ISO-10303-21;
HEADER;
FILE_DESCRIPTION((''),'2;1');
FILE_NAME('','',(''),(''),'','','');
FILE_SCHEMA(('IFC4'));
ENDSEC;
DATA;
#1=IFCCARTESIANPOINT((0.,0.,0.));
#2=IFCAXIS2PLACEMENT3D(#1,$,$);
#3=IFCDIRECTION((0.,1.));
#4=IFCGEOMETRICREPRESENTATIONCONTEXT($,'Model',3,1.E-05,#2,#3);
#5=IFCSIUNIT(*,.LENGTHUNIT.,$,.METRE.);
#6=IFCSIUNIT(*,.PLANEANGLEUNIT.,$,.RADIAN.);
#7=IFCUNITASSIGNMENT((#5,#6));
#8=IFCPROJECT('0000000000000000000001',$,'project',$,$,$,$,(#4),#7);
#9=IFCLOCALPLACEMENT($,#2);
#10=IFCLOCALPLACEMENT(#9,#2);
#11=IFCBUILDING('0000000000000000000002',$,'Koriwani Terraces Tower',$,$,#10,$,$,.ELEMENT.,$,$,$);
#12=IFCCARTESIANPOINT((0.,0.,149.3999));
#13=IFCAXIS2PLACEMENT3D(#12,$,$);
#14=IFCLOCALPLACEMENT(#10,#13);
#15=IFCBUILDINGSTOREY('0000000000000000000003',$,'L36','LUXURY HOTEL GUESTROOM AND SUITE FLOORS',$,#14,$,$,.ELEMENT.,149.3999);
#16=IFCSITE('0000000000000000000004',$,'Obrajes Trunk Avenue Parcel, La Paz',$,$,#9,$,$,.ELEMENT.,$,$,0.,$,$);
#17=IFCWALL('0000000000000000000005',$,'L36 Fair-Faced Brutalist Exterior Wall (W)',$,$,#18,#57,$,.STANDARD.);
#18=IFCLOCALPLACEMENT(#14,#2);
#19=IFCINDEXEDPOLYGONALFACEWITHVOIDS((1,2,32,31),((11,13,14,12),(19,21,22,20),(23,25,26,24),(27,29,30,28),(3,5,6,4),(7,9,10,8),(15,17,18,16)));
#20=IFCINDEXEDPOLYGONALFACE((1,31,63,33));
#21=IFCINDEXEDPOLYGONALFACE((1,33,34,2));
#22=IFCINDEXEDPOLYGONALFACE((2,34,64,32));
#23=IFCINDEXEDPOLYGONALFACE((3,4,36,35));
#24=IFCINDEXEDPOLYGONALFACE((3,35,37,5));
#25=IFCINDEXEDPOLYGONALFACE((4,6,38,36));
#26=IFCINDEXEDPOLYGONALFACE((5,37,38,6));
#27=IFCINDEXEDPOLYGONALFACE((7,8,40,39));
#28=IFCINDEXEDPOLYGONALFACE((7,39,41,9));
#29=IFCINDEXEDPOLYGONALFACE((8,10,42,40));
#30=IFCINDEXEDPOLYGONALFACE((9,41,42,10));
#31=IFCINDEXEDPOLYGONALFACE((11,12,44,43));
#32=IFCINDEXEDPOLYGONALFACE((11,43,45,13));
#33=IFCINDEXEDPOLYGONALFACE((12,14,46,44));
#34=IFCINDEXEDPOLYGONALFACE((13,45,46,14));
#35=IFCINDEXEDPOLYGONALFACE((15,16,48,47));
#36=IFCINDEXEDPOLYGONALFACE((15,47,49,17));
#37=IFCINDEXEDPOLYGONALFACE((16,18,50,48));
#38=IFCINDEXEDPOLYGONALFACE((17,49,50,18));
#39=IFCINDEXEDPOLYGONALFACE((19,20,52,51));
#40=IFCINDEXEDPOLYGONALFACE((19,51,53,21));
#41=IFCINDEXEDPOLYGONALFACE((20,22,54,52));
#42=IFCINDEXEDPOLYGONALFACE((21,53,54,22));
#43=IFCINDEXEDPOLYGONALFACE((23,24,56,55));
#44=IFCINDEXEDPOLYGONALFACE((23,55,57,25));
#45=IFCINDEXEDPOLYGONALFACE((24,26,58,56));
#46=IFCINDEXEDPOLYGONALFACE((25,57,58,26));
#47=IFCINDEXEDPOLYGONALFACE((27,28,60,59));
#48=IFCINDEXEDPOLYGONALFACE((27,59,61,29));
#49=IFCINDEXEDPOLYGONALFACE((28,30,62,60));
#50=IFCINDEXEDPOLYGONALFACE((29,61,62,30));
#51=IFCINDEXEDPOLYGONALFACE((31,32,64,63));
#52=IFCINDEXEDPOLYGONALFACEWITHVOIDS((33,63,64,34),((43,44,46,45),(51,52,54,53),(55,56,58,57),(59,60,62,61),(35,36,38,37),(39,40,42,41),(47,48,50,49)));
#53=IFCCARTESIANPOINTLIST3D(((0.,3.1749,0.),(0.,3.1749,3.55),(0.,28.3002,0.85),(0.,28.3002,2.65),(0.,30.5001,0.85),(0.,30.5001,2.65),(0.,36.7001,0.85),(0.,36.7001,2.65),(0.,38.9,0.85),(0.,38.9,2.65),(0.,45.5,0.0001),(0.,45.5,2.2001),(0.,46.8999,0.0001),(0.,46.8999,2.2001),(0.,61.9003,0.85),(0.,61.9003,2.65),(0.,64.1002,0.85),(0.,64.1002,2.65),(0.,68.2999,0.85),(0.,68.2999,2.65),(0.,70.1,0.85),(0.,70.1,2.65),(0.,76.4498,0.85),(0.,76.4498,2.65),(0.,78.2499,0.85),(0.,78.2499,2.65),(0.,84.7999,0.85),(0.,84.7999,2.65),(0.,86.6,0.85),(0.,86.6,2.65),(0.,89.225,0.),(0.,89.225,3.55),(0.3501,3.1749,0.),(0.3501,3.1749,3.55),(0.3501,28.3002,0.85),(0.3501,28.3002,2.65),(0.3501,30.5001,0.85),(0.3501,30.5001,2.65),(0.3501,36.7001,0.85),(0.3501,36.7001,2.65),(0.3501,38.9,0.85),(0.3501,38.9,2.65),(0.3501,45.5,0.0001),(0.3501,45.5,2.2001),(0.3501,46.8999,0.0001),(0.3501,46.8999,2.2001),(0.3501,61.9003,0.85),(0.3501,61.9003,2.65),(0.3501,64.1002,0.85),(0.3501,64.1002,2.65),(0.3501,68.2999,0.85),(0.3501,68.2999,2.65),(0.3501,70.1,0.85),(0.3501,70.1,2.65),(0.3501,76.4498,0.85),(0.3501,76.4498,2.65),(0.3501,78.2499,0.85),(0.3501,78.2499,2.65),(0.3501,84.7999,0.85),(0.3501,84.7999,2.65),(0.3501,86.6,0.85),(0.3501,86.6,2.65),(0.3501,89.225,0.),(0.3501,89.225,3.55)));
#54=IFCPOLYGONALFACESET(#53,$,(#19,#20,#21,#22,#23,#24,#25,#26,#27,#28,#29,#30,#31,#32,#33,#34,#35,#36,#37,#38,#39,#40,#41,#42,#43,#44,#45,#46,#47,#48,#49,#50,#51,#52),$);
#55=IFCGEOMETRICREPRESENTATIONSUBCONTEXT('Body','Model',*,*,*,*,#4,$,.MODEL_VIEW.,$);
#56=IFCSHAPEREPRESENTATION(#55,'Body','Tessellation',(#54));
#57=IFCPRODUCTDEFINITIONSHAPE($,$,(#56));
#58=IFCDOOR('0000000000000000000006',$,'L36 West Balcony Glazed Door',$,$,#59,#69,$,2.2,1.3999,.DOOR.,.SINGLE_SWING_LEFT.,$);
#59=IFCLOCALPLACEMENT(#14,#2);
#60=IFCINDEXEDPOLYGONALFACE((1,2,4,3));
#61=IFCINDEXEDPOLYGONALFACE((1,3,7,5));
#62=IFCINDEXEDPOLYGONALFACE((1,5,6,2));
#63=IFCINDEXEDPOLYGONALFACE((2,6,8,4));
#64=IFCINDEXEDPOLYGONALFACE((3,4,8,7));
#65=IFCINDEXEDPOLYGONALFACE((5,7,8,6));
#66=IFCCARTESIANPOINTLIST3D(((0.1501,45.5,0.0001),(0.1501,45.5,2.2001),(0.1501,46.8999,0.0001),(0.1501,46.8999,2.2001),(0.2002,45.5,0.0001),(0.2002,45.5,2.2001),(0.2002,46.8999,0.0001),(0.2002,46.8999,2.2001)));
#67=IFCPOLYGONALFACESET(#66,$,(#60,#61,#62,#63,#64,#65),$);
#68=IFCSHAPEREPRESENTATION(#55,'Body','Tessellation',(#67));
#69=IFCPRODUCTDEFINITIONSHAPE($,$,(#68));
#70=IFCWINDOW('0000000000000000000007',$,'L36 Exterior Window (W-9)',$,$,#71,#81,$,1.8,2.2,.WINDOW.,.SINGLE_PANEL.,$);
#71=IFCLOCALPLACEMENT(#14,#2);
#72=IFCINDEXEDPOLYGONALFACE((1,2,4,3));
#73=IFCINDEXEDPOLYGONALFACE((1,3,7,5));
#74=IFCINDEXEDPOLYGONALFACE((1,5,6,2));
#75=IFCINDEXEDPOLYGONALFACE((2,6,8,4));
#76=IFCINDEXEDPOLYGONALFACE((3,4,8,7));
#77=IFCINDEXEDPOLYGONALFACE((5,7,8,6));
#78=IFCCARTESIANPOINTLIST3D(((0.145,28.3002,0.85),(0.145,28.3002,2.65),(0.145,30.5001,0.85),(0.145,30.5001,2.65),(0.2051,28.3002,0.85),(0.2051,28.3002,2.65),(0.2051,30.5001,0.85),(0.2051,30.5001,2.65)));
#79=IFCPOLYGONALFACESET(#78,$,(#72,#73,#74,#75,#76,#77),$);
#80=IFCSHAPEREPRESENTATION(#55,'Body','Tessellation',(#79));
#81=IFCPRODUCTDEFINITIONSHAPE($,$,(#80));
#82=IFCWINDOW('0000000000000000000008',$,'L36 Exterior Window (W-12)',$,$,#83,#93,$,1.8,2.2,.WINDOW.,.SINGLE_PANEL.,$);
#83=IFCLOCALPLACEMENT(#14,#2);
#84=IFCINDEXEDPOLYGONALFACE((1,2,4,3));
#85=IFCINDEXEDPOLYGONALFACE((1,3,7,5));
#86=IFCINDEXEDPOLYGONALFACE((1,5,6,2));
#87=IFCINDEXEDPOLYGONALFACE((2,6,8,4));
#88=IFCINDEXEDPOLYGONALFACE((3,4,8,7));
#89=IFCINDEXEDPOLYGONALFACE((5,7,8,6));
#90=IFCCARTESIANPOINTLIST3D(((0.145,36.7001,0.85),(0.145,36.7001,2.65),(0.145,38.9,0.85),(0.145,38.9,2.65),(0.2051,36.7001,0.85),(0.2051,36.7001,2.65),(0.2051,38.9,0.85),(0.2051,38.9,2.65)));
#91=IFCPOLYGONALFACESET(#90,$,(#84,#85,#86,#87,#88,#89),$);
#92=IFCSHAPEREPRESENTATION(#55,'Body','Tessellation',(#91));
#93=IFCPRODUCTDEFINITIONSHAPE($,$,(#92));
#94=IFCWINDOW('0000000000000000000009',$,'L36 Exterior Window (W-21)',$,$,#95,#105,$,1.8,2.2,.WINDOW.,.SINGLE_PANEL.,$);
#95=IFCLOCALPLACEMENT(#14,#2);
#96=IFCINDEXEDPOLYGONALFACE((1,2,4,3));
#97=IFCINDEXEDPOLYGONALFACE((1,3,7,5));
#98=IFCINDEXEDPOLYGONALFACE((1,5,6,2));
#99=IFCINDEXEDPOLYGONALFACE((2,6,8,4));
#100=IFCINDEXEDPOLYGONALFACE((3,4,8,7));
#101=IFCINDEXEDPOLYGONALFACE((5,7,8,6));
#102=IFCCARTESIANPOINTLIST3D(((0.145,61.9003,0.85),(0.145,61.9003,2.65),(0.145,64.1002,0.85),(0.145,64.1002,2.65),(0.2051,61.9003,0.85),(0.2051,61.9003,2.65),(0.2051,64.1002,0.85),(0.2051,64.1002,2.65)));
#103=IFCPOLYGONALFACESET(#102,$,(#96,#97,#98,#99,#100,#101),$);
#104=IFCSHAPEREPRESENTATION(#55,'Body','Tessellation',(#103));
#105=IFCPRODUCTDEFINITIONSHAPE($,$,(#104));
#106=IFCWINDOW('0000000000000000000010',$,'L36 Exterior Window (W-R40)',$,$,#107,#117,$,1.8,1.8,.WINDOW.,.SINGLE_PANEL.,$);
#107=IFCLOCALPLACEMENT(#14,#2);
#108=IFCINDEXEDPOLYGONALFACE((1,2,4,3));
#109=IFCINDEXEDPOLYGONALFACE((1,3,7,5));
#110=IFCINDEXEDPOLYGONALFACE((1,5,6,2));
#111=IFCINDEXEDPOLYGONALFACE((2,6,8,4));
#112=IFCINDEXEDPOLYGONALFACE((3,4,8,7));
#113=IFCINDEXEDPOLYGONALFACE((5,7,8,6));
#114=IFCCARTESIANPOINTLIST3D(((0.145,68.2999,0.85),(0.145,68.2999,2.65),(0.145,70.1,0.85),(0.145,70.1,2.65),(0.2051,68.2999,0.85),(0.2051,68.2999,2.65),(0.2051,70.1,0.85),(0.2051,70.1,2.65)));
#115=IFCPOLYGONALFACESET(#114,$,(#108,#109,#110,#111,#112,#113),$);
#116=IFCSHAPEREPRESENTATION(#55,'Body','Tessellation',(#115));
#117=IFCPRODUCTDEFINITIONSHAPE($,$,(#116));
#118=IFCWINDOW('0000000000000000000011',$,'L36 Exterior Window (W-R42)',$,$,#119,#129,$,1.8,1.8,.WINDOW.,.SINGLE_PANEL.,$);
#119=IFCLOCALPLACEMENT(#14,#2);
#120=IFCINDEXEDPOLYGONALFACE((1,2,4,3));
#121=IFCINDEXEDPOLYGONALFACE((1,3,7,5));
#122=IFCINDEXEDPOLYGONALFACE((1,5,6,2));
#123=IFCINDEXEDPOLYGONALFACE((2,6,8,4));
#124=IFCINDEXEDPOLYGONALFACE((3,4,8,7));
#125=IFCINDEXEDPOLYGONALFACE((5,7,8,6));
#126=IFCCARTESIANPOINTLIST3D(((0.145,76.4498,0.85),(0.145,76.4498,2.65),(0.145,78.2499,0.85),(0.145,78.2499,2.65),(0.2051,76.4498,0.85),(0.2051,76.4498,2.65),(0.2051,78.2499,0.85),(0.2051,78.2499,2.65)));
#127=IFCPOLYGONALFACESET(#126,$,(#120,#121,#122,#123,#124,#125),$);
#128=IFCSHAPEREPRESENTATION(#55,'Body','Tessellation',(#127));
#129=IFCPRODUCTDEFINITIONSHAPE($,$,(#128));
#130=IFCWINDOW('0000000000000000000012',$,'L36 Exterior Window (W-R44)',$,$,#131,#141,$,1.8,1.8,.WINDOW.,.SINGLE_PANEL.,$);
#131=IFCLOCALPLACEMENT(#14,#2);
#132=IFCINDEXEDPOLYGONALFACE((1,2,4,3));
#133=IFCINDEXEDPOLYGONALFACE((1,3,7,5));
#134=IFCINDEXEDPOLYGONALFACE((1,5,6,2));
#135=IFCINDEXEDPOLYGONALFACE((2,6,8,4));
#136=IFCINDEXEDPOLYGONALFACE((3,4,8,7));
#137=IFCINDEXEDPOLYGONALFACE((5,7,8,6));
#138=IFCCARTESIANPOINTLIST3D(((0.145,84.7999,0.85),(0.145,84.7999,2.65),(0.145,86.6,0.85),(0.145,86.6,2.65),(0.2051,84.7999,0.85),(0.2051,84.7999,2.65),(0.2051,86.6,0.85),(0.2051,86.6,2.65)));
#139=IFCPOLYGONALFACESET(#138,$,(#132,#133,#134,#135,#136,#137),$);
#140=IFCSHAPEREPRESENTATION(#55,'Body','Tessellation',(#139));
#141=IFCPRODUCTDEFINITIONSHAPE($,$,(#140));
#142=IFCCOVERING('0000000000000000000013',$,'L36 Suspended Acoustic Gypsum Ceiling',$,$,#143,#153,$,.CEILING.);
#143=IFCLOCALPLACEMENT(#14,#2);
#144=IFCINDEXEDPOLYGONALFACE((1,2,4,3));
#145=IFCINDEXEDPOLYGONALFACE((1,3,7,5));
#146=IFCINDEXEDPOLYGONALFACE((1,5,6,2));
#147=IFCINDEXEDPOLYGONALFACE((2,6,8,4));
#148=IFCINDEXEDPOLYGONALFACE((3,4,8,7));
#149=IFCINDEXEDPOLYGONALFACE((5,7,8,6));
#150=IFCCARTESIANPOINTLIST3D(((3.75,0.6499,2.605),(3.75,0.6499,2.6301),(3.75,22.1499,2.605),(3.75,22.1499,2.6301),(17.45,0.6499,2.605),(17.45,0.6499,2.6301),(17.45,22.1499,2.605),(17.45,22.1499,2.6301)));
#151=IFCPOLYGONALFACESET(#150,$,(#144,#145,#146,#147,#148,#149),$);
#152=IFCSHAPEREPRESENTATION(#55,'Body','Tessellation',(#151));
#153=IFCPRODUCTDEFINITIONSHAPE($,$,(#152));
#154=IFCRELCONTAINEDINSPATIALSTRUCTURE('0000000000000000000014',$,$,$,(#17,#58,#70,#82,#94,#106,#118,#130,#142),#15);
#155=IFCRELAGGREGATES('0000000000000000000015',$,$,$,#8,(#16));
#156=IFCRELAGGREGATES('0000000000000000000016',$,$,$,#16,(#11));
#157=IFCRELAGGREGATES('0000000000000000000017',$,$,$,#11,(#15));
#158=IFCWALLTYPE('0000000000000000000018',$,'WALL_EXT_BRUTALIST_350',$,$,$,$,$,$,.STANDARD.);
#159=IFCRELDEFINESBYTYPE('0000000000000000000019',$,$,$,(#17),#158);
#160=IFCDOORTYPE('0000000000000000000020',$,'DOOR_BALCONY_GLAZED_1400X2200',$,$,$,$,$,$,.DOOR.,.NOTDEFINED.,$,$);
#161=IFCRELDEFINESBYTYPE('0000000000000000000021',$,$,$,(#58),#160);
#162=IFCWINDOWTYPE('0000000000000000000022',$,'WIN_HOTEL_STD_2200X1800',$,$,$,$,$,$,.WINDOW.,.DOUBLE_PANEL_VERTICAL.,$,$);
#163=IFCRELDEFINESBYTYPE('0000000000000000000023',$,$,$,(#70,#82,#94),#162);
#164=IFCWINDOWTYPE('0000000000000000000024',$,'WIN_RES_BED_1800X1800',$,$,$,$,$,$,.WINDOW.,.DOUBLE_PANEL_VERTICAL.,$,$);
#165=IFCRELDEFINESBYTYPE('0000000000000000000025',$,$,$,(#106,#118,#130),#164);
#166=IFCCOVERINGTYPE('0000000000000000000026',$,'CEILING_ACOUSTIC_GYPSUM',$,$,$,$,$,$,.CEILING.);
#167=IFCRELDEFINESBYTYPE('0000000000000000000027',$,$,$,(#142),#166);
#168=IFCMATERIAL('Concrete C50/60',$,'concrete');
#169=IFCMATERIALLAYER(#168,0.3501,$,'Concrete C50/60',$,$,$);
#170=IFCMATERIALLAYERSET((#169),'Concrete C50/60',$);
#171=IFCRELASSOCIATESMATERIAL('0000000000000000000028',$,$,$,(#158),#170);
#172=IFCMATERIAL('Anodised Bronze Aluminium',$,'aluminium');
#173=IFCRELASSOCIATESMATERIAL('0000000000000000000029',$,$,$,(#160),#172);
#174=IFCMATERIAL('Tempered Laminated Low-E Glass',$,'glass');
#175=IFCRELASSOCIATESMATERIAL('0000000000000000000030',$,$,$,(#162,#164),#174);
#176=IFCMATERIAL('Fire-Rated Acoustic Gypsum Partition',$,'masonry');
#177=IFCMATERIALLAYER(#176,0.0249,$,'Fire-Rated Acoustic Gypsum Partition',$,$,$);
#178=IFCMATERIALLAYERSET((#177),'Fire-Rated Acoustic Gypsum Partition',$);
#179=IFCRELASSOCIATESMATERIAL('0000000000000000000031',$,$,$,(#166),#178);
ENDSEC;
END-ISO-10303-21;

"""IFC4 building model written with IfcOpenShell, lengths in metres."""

from ifc_helpers import new_model, si_unit, direction, frame, frame_2d, origin, place, context, subcontext, project, spatial, polyline, rectangle, outline, extrude, material, layer, layer_set, type_object, element, fill, save


model = new_model("IFC4")

# Units and contexts
model_context = context("Model", 3, precision=1e-05, world=origin(), true_north=direction((0.0, 1.0)))
body_context = subcontext(model_context, "Body", "Model", "MODEL_VIEW")
ifc_project = project(units=[si_unit("LENGTHUNIT", "METRE"), si_unit("PLANEANGLEUNIT", "RADIAN")], contexts=[model_context])

# Site, building, storey
site_placement = place(None, origin())
site = spatial("IfcSite", under=ifc_project, at=site_placement, Name="Obrajes Trunk Avenue Parcel, La Paz", CompositionType="ELEMENT", RefElevation=0.0)
building_placement = place(site_placement, origin())
building = spatial("IfcBuilding", under=site, at=building_placement, Name="Koriwani Terraces Tower", CompositionType="ELEMENT")
storey_placement = place(building_placement, frame((0.0, 0.0, 149.3999)))
storey = spatial("IfcBuildingStorey", under=building, at=storey_placement, Name="L36", Description="LUXURY HOTEL GUESTROOM AND SUITE FLOORS", CompositionType="ELEMENT", Elevation=149.3999)

# Shared definitions
ifc_material_1 = material(Name="Concrete C50/60", Category="concrete")
ifc_layer_1 = layer(ifc_material_1, 0.3501, Name="Concrete C50/60")
ifc_layer_set_1 = layer_set([ifc_layer_1], Name="Concrete C50/60")
wall_type = type_object("IfcWallType", Name="WALL_EXT_BRUTALIST_350", PredefinedType="STANDARD", material=ifc_layer_set_1)

# Wall, openings, door, windows
wall_placement = place(storey_placement, frame((0.175, 3.175, 0.0), z_axis=(0.0, 0.0, 1.0), x_axis=(0.0, 1.0, 0.0)))
wall = element("IfcWall", 1, at=wall_placement, inside=storey, type_object=wall_type, Name="L36 Fair-Faced Brutalist Exterior Wall (W)", PredefinedType="STANDARD", context=body_context, shape_type="SweptSolid", body=[
    extrude(rectangle(XDim=86.05, YDim=0.3501, at=frame_2d((43.0249, 0.0))), origin(), (0.0, 0.0, 1.0), 3.55),
])
opening_1_placement = place(wall_placement, frame((42.325, 0.0, 0.0)))
opening_1 = element("IfcOpeningElement", 2, at=opening_1_placement, cuts=wall, PredefinedType="OPENING", context=body_context, shape_type="SweptSolid", body=[
    extrude(rectangle(XDim=1.3999, YDim=2.2, at=frame_2d((0.7, 1.1001))), frame((0.0, 0.1851, 0.0), z_axis=(0.0, -1.0, 0.0), x_axis=(1.0, 0.0, 0.0)), (0.0, 0.0, 1.0), 0.3701),
])
opening_2_placement = place(wall_placement, frame((25.125, 0.0, 0.8501)))
opening_2 = element("IfcOpeningElement", 3, at=opening_2_placement, cuts=wall, PredefinedType="OPENING", context=body_context, shape_type="SweptSolid", body=[
    extrude(rectangle(XDim=2.2, YDim=1.8, at=frame_2d((1.1001, 0.8999))), frame((0.0, 0.1851, 0.0), z_axis=(0.0, -1.0, 0.0), x_axis=(1.0, 0.0, 0.0)), (0.0, 0.0, 1.0), 0.3701),
])
opening_3_placement = place(wall_placement, frame((33.5249, 0.0, 0.8501)))
opening_3 = element("IfcOpeningElement", 4, at=opening_3_placement, cuts=wall, PredefinedType="OPENING", context=body_context, shape_type="SweptSolid", body=[
    extrude(rectangle(XDim=2.2, YDim=1.8, at=frame_2d((1.1001, 0.8999))), frame((0.0, 0.1851, 0.0), z_axis=(0.0, -1.0, 0.0), x_axis=(1.0, 0.0, 0.0)), (0.0, 0.0, 1.0), 0.3701),
])
opening_4_placement = place(wall_placement, frame((58.7251, 0.0, 0.8501)))
opening_4 = element("IfcOpeningElement", 5, at=opening_4_placement, cuts=wall, PredefinedType="OPENING", context=body_context, shape_type="SweptSolid", body=[
    extrude(rectangle(XDim=2.2, YDim=1.8, at=frame_2d((1.1001, 0.8999))), frame((0.0, 0.1851, 0.0), z_axis=(0.0, -1.0, 0.0), x_axis=(1.0, 0.0, 0.0)), (0.0, 0.0, 1.0), 0.3701),
])
opening_5_placement = place(wall_placement, frame((65.125, 0.0, 0.8501)))
opening_5 = element("IfcOpeningElement", 6, at=opening_5_placement, cuts=wall, PredefinedType="OPENING", context=body_context, shape_type="SweptSolid", body=[
    extrude(rectangle(XDim=1.8, YDim=1.8, at=frame_2d((0.8999, 0.8999))), frame((0.0, 0.1851, 0.0), z_axis=(0.0, -1.0, 0.0), x_axis=(1.0, 0.0, 0.0)), (0.0, 0.0, 1.0), 0.3701),
])
opening_6_placement = place(wall_placement, frame((73.2749, 0.0, 0.8501)))
opening_6 = element("IfcOpeningElement", 7, at=opening_6_placement, cuts=wall, PredefinedType="OPENING", context=body_context, shape_type="SweptSolid", body=[
    extrude(rectangle(XDim=1.8, YDim=1.8, at=frame_2d((0.8999, 0.8999))), frame((0.0, 0.1851, 0.0), z_axis=(0.0, -1.0, 0.0), x_axis=(1.0, 0.0, 0.0)), (0.0, 0.0, 1.0), 0.3701),
])
opening_7_placement = place(wall_placement, frame((81.625, 0.0, 0.8501)))
opening_7 = element("IfcOpeningElement", 8, at=opening_7_placement, cuts=wall, PredefinedType="OPENING", context=body_context, shape_type="SweptSolid", body=[
    extrude(rectangle(XDim=1.8, YDim=1.8, at=frame_2d((0.8999, 0.8999))), frame((0.0, 0.1851, 0.0), z_axis=(0.0, -1.0, 0.0), x_axis=(1.0, 0.0, 0.0)), (0.0, 0.0, 1.0), 0.3701),
])
ifc_material_2 = material(Name="Anodised Bronze Aluminium", Category="aluminium")
door_type = type_object("IfcDoorType", Name="DOOR_BALCONY_GLAZED_1400X2200", OperationType="NOTDEFINED", PredefinedType="DOOR", material=ifc_material_2)
door_placement = place(opening_1_placement, origin())
door = element("IfcDoor", 9, at=door_placement, inside=storey, type_object=door_type, Name="L36 West Balcony Glazed Door", OperationType="SINGLE_SWING_LEFT", OverallHeight=2.2, OverallWidth=1.3999, PredefinedType="DOOR", context=body_context, shape_type="SweptSolid", body=[
    extrude(rectangle(XDim=1.3999, YDim=2.2, at=frame_2d((0.7, 1.1001))), frame((0.0, 0.0249, 0.0), z_axis=(0.0, -1.0, 0.0), x_axis=(1.0, 0.0, 0.0)), (0.0, 0.0, 1.0), 0.05),
])
fill(opening_1, door)
ifc_material_3 = material(Name="Tempered Laminated Low-E Glass", Category="glass")
window_type_1 = type_object("IfcWindowType", Name="WIN_HOTEL_STD_2200X1800", PartitioningType="DOUBLE_PANEL_VERTICAL", PredefinedType="WINDOW", material=ifc_material_3)
window_1_placement = place(opening_2_placement, origin())
window_1 = element("IfcWindow", 10, at=window_1_placement, inside=storey, type_object=window_type_1, Name="L36 Exterior Window (W-9)", OverallHeight=1.8, OverallWidth=2.2, PartitioningType="SINGLE_PANEL", PredefinedType="WINDOW", context=body_context, shape_type="SweptSolid", body=[
    extrude(rectangle(XDim=2.2, YDim=1.8, at=frame_2d((1.1001, 0.8999))), frame((0.0, 0.03, 0.0), z_axis=(0.0, -1.0, 0.0), x_axis=(1.0, 0.0, 0.0)), (0.0, 0.0, 1.0), 0.0601),
])
fill(opening_2, window_1)
window_2_placement = place(opening_3_placement, origin())
window_2 = element("IfcWindow", 11, at=window_2_placement, inside=storey, type_object=window_type_1, Name="L36 Exterior Window (W-12)", OverallHeight=1.8, OverallWidth=2.2, PartitioningType="SINGLE_PANEL", PredefinedType="WINDOW", context=body_context, shape_type="SweptSolid", body=[
    extrude(rectangle(XDim=2.2, YDim=1.8, at=frame_2d((1.1001, 0.8999))), frame((0.0, 0.03, 0.0), z_axis=(0.0, -1.0, 0.0), x_axis=(1.0, 0.0, 0.0)), (0.0, 0.0, 1.0), 0.0601),
])
fill(opening_3, window_2)
window_3_placement = place(opening_4_placement, origin())
window_3 = element("IfcWindow", 12, at=window_3_placement, inside=storey, type_object=window_type_1, Name="L36 Exterior Window (W-21)", OverallHeight=1.8, OverallWidth=2.2, PartitioningType="SINGLE_PANEL", PredefinedType="WINDOW", context=body_context, shape_type="SweptSolid", body=[
    extrude(rectangle(XDim=2.2, YDim=1.8, at=frame_2d((1.1001, 0.8999))), frame((0.0, 0.03, 0.0), z_axis=(0.0, -1.0, 0.0), x_axis=(1.0, 0.0, 0.0)), (0.0, 0.0, 1.0), 0.0601),
])
fill(opening_4, window_3)
window_type_2 = type_object("IfcWindowType", Name="WIN_RES_BED_1800X1800", PartitioningType="DOUBLE_PANEL_VERTICAL", PredefinedType="WINDOW", material=ifc_material_3)
window_4_placement = place(opening_5_placement, origin())
window_4 = element("IfcWindow", 13, at=window_4_placement, inside=storey, type_object=window_type_2, Name="L36 Exterior Window (W-R40)", OverallHeight=1.8, OverallWidth=1.8, PartitioningType="SINGLE_PANEL", PredefinedType="WINDOW", context=body_context, shape_type="SweptSolid", body=[
    extrude(rectangle(XDim=1.8, YDim=1.8, at=frame_2d((0.8999, 0.8999))), frame((0.0, 0.03, 0.0), z_axis=(0.0, -1.0, 0.0), x_axis=(1.0, 0.0, 0.0)), (0.0, 0.0, 1.0), 0.0601),
])
fill(opening_5, window_4)
window_5_placement = place(opening_6_placement, origin())
window_5 = element("IfcWindow", 14, at=window_5_placement, inside=storey, type_object=window_type_2, Name="L36 Exterior Window (W-R42)", OverallHeight=1.8, OverallWidth=1.8, PartitioningType="SINGLE_PANEL", PredefinedType="WINDOW", context=body_context, shape_type="SweptSolid", body=[
    extrude(rectangle(XDim=1.8, YDim=1.8, at=frame_2d((0.8999, 0.8999))), frame((0.0, 0.03, 0.0), z_axis=(0.0, -1.0, 0.0), x_axis=(1.0, 0.0, 0.0)), (0.0, 0.0, 1.0), 0.0601),
])
fill(opening_6, window_5)
window_6_placement = place(opening_7_placement, origin())
window_6 = element("IfcWindow", 15, at=window_6_placement, inside=storey, type_object=window_type_2, Name="L36 Exterior Window (W-R44)", OverallHeight=1.8, OverallWidth=1.8, PartitioningType="SINGLE_PANEL", PredefinedType="WINDOW", context=body_context, shape_type="SweptSolid", body=[
    extrude(rectangle(XDim=1.8, YDim=1.8, at=frame_2d((0.8999, 0.8999))), frame((0.0, 0.03, 0.0), z_axis=(0.0, -1.0, 0.0), x_axis=(1.0, 0.0, 0.0)), (0.0, 0.0, 1.0), 0.0601),
])
fill(opening_7, window_6)

# Covering
ifc_material_4 = material(Name="Fire-Rated Acoustic Gypsum Partition", Category="masonry")
ifc_layer_2 = layer(ifc_material_4, 0.0249, Name="Fire-Rated Acoustic Gypsum Partition")
ifc_layer_set_2 = layer_set([ifc_layer_2], Name="Fire-Rated Acoustic Gypsum Partition")
covering_type_1 = type_object("IfcCoveringType", Name="CEILING_ACOUSTIC_GYPSUM", PredefinedType="CEILING", material=ifc_layer_set_2)
covering_1_placement = place(storey_placement, frame((0.0, 0.0, 2.605)))
element("IfcCovering", 16, at=covering_1_placement, inside=storey, type_object=covering_type_1, Name="L36 Suspended Acoustic Gypsum Ceiling", PredefinedType="CEILING", context=body_context, shape_type="SweptSolid", body=[
    extrude(outline(polyline([(3.75, 0.6499), (3.75, 22.1499), (17.45, 22.1499), (17.45, 0.6499), (3.75, 0.6499)])), origin(), (0.0, 0.0, 1.0), 0.0251),
])

save(model, "model.ifc")
